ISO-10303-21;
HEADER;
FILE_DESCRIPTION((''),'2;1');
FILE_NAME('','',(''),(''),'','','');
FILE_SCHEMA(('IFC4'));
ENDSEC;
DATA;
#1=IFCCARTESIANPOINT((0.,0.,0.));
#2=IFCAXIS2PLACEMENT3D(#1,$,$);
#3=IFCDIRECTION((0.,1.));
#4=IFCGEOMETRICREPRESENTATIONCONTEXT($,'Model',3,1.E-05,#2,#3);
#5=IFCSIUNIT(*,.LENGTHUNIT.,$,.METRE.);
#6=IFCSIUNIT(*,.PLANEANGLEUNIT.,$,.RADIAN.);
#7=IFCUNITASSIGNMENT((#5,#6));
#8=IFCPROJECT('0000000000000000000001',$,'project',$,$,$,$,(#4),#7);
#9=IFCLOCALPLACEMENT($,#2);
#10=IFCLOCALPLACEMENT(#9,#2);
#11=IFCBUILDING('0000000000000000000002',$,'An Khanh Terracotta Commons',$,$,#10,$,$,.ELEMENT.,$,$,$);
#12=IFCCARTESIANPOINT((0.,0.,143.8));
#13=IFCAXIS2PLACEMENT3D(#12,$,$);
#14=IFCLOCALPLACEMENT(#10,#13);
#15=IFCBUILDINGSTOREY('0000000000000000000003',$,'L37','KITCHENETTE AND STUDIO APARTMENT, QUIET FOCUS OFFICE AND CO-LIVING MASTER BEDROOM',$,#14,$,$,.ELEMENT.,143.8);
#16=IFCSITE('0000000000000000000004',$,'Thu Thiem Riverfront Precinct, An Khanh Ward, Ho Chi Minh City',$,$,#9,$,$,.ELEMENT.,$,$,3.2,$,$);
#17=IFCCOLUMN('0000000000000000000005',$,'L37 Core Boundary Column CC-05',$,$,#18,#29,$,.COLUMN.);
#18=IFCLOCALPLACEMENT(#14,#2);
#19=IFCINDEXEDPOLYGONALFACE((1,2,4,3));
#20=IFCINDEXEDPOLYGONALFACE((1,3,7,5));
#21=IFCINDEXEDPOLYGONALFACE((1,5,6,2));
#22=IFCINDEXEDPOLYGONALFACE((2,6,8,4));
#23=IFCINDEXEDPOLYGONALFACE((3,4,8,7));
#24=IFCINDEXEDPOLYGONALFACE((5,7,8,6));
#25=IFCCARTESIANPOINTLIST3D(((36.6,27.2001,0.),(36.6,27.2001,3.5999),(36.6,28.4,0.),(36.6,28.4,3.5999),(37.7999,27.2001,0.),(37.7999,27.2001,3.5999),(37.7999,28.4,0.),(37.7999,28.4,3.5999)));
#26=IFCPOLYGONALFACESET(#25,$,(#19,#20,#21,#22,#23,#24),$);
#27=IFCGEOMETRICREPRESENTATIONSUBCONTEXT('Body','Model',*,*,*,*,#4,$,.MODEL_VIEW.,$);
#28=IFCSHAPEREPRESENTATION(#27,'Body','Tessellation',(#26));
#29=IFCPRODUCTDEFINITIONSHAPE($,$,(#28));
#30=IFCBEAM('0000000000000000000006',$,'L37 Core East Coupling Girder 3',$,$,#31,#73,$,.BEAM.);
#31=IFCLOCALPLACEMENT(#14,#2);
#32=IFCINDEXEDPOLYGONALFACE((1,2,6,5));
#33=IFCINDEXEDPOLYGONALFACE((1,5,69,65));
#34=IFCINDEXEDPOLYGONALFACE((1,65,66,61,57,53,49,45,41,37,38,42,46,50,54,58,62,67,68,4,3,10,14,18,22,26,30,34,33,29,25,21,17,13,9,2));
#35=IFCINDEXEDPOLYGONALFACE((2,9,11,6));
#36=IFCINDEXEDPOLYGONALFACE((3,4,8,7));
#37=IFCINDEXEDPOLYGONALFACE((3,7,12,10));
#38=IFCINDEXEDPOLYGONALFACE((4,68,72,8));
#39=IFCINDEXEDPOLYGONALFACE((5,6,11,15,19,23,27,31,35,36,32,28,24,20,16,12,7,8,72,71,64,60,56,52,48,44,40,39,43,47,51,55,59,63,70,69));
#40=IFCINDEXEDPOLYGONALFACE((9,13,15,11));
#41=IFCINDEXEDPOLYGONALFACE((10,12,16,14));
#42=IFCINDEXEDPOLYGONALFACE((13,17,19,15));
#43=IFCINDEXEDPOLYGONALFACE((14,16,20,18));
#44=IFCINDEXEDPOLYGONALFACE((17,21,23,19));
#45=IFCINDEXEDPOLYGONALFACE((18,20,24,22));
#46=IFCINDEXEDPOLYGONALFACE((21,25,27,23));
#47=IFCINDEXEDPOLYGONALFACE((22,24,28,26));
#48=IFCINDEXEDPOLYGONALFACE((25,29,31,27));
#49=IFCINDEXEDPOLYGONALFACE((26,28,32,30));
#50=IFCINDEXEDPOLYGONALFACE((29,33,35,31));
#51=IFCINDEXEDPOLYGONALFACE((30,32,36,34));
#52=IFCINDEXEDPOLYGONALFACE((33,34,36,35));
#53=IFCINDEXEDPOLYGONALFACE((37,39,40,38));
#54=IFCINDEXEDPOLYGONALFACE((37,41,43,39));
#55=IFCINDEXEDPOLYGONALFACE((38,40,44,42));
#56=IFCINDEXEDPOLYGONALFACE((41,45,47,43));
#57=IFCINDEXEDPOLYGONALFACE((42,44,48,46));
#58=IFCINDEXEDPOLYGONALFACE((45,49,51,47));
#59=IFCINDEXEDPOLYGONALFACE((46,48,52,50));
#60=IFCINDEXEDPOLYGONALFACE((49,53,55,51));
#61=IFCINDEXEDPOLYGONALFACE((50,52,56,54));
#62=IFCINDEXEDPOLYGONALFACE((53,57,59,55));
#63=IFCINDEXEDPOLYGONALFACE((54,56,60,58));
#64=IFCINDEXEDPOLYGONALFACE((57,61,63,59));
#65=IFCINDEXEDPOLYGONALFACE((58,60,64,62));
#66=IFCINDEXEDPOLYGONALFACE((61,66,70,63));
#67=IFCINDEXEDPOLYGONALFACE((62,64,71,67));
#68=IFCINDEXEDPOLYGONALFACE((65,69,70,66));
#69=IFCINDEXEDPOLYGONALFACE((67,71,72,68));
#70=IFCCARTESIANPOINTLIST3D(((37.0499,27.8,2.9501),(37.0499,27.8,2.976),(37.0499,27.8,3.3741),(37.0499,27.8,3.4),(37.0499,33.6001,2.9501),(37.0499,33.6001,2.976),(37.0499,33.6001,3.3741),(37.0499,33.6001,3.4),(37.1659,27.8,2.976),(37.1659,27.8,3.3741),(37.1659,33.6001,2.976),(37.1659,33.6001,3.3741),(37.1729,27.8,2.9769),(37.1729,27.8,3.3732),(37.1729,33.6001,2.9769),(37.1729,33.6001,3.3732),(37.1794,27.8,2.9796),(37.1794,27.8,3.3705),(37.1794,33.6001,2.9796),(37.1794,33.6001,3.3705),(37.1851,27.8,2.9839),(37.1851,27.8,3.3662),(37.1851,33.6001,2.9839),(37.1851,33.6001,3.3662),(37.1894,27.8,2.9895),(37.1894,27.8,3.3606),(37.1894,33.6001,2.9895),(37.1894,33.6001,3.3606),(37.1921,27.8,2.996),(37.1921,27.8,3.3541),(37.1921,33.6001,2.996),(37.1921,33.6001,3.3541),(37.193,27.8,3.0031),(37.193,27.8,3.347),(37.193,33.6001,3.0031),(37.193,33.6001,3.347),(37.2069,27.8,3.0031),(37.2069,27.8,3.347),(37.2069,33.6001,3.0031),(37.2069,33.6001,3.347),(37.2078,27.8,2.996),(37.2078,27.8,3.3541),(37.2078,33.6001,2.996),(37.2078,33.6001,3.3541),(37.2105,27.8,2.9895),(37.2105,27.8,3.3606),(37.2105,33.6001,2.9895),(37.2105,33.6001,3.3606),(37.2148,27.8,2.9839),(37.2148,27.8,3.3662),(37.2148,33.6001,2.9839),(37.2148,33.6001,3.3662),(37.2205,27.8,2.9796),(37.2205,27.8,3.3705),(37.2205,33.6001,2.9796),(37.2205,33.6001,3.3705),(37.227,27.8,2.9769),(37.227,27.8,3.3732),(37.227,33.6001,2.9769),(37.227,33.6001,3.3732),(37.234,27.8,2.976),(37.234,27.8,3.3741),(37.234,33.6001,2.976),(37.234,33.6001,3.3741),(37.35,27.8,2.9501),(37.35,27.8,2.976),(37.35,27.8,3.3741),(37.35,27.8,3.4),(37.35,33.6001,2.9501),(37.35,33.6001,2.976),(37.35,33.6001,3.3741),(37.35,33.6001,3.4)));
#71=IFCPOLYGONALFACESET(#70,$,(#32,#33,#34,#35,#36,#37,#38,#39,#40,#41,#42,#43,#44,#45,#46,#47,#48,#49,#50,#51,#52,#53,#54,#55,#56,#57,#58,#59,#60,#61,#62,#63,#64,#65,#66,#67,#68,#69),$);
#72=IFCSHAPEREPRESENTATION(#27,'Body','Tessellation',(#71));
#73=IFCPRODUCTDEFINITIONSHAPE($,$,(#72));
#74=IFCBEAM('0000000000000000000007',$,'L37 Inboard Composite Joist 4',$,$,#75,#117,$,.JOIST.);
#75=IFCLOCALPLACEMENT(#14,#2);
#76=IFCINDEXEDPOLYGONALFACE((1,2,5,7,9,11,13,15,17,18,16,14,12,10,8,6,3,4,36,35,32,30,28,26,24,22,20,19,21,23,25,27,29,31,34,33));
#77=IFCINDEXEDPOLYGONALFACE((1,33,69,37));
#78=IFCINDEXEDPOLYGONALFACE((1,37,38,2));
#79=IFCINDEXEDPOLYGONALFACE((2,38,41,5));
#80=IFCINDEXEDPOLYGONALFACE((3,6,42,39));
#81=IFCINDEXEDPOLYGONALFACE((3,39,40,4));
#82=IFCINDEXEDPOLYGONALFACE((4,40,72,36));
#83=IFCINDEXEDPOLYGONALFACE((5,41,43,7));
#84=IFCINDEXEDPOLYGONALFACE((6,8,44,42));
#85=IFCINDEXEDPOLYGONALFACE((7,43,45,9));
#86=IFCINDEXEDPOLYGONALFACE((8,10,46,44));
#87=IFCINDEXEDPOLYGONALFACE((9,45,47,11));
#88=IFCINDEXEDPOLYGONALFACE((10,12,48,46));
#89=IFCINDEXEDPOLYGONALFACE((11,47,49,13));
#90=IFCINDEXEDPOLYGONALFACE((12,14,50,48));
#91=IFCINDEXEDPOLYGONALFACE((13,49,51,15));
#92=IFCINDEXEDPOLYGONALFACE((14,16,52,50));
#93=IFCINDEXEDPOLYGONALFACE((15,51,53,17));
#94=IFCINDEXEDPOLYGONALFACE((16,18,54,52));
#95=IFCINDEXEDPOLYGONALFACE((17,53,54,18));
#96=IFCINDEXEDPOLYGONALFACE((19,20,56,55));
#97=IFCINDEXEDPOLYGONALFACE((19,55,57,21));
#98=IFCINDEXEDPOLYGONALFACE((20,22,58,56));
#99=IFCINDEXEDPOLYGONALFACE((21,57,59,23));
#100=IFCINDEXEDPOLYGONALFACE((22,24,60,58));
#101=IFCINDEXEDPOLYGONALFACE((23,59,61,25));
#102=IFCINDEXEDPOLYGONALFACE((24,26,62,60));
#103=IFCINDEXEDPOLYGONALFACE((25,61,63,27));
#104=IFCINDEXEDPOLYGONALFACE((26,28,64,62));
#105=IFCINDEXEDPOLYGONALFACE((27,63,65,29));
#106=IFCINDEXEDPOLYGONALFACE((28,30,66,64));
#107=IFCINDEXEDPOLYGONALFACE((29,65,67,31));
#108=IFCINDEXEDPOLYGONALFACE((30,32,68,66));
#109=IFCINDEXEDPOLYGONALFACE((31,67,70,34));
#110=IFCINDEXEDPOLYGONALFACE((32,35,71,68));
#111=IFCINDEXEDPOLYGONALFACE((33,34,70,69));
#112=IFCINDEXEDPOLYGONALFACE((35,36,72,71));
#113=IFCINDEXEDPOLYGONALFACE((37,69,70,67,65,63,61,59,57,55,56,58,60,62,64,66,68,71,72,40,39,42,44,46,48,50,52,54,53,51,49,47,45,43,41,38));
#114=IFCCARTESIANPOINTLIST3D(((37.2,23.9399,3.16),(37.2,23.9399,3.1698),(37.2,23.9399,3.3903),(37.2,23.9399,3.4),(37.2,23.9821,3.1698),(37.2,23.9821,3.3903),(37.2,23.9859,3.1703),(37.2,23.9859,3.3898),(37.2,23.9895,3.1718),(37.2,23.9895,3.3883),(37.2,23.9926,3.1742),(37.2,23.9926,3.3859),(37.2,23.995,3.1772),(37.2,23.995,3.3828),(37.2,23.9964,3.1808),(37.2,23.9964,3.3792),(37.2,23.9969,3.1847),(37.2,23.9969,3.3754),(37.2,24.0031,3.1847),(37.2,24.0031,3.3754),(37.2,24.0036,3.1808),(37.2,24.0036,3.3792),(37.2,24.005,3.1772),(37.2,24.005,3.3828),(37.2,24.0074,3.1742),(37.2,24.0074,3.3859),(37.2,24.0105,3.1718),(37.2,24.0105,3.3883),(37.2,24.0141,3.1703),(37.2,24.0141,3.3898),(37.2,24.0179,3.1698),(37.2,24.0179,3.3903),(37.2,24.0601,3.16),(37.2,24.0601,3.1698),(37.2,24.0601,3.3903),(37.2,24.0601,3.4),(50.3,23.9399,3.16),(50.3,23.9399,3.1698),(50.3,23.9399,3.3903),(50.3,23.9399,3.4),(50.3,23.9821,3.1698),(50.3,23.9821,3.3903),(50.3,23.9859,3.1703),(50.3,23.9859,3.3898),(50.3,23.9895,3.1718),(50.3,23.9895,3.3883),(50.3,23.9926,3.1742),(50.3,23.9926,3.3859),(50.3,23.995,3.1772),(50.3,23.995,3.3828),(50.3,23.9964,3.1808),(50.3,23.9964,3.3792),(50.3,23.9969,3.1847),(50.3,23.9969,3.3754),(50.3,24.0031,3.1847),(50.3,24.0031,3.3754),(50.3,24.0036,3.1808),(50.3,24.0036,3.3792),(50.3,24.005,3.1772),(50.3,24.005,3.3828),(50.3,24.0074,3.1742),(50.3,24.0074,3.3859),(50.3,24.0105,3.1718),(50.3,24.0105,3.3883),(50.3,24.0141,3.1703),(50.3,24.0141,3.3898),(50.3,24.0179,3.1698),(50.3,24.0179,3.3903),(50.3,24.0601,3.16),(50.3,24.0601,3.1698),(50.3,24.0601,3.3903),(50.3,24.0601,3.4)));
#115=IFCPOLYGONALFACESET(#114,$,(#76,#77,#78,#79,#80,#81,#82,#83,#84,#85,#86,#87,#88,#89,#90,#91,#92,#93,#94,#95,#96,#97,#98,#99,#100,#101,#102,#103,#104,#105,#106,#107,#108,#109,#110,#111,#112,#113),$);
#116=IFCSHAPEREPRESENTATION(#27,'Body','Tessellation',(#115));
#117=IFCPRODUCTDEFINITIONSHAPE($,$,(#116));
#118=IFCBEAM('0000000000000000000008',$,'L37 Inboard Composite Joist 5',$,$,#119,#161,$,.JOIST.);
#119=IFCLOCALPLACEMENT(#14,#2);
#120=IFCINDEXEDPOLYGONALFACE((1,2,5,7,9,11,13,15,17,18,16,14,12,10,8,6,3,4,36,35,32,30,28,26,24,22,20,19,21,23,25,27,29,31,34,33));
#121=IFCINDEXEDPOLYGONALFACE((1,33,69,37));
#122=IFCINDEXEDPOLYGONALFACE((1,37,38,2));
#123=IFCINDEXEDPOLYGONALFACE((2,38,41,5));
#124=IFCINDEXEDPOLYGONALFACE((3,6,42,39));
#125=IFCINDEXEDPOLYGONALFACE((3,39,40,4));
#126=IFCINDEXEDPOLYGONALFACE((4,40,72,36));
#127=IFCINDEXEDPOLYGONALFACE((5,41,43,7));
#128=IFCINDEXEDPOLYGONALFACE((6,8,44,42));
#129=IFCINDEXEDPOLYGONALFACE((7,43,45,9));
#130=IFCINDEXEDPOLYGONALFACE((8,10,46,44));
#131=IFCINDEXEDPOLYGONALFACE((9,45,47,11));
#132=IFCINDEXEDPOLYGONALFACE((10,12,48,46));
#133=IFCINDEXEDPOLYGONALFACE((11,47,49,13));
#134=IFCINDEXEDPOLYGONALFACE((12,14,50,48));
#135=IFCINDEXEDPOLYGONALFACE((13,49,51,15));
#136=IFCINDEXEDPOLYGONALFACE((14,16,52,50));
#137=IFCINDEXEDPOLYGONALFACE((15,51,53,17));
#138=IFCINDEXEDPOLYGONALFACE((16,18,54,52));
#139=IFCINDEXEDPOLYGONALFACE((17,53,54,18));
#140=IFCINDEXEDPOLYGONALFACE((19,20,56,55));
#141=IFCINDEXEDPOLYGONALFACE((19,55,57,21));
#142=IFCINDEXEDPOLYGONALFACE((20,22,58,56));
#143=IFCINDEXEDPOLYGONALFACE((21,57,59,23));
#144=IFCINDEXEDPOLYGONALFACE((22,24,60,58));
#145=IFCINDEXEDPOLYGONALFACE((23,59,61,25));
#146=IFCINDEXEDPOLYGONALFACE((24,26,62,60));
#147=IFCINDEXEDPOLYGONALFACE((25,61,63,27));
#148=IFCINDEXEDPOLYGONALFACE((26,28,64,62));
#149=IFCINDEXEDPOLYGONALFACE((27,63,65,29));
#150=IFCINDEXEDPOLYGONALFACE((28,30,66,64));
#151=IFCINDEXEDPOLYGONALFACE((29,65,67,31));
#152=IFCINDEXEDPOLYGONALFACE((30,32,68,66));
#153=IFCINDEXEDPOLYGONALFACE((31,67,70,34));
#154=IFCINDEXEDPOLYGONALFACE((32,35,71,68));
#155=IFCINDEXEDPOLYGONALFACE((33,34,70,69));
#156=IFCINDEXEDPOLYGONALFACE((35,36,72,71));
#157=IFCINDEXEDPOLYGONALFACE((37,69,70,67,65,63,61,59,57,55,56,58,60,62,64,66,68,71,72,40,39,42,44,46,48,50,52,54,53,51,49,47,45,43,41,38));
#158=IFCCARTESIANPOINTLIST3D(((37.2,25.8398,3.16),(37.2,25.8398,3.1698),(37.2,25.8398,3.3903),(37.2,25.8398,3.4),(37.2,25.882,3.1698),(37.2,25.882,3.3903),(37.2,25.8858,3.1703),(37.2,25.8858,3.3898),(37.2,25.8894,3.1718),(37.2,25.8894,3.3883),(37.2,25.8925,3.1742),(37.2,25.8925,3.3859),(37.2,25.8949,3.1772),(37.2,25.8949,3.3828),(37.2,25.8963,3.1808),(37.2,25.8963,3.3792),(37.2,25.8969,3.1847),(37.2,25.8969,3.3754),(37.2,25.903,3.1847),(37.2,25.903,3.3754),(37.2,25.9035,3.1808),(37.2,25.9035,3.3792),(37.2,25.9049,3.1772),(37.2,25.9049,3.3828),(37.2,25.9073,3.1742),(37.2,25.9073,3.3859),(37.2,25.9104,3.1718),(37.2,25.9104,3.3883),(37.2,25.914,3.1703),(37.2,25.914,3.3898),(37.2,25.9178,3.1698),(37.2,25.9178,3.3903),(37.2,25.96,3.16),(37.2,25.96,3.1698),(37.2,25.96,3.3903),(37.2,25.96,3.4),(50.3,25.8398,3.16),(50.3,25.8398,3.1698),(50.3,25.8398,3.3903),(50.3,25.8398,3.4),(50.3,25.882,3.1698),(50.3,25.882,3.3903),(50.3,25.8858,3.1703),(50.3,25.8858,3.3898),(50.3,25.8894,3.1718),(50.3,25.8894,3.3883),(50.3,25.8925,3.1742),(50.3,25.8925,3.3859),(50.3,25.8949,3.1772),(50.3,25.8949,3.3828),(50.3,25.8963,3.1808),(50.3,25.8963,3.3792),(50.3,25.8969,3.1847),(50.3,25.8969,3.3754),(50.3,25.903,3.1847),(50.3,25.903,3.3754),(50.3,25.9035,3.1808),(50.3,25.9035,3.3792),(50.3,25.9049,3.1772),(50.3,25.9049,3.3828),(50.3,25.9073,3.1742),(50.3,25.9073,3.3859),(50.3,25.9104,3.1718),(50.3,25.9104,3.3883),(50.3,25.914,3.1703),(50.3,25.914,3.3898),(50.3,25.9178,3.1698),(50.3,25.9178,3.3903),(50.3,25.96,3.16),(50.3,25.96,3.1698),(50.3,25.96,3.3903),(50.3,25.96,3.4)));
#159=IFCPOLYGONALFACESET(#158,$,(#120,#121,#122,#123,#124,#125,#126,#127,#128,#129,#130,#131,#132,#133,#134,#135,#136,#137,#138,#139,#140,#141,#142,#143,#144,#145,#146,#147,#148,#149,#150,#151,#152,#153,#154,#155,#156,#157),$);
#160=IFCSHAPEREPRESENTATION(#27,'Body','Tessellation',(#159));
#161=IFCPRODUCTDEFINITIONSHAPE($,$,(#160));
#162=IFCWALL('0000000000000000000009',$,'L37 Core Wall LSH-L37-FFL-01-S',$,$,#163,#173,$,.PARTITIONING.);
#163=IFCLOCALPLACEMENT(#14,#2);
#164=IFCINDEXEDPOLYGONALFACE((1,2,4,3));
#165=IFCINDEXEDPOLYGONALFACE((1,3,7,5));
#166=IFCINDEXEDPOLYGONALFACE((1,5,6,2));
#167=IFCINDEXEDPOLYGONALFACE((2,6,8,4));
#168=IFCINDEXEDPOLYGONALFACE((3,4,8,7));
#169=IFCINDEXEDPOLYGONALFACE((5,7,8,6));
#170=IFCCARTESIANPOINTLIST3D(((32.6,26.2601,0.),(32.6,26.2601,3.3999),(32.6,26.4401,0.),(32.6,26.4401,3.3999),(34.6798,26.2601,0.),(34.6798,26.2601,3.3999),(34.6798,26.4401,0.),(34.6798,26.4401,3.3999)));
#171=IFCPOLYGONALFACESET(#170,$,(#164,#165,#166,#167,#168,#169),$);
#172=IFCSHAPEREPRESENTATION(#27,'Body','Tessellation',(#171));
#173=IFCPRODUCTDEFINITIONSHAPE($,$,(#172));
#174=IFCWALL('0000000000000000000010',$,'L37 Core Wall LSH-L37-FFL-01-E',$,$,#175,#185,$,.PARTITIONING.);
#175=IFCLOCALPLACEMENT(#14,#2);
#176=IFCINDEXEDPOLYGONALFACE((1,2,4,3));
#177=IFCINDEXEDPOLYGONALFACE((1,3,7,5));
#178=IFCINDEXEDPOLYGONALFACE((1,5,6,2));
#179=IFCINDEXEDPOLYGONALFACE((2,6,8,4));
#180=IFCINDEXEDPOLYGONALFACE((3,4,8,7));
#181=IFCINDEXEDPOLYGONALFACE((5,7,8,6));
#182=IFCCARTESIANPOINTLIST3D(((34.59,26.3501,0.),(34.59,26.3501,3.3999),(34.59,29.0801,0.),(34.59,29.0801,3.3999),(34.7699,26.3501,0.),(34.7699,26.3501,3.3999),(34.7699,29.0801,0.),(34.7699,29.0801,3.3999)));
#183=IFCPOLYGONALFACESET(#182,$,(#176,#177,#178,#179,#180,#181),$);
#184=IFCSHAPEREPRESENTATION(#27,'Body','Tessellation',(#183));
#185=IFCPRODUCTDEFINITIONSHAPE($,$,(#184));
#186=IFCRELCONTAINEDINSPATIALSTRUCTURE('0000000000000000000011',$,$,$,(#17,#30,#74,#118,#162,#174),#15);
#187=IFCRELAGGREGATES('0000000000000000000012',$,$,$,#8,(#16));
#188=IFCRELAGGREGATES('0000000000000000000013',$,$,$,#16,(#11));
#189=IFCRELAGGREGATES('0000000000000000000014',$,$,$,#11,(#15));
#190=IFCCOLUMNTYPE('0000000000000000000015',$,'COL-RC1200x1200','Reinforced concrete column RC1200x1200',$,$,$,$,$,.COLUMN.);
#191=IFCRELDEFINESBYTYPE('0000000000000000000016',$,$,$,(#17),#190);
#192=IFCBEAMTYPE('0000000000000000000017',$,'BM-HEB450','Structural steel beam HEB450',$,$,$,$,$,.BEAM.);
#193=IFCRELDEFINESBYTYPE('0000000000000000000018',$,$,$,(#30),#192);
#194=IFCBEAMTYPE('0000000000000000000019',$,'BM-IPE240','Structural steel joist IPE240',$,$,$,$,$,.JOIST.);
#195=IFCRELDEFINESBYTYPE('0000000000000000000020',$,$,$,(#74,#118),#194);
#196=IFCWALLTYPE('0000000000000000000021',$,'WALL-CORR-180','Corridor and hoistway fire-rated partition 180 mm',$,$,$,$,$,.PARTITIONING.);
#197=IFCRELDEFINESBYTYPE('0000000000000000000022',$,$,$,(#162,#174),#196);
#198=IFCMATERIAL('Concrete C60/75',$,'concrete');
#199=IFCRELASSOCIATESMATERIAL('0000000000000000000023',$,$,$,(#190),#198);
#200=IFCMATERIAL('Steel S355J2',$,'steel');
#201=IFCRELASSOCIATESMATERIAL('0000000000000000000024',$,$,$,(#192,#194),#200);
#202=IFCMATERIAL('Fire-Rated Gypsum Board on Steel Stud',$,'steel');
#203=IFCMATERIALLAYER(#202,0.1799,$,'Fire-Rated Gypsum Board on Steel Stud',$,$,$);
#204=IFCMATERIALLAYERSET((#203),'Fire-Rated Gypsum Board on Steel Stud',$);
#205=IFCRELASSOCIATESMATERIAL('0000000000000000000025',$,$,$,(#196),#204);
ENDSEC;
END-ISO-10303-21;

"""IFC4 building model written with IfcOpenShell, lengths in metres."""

from ifc_helpers import new_model, si_unit, direction, frame, frame_2d, origin, origin_2d, place, context, subcontext, project, spatial, rectangle, i_section, extrude, material, layer, layer_set, material_profile, profile_set, type_object, element, save


model = new_model("IFC4")

# Units and contexts
model_context = context("Model", 3, precision=1e-05, world=origin(), true_north=direction((0.0, 1.0)))
body_context = subcontext(model_context, "Body", "Model", "MODEL_VIEW")
ifc_project = project(units=[si_unit("LENGTHUNIT", "METRE"), si_unit("PLANEANGLEUNIT", "RADIAN")], contexts=[model_context])

# Site, building, storey
site_placement = place(None, origin())
site = spatial("IfcSite", under=ifc_project, at=site_placement, Name="Thu Thiem Riverfront Precinct, An Khanh Ward, Ho Chi Minh City", CompositionType="ELEMENT", RefElevation=3.2)
building_placement = place(site_placement, origin())
building = spatial("IfcBuilding", under=site, at=building_placement, Name="An Khanh Terracotta Commons", CompositionType="ELEMENT")
storey_placement = place(building_placement, frame((0.0, 0.0, 143.8)))
storey = spatial("IfcBuildingStorey", under=building, at=storey_placement, Name="L37", Description="KITCHENETTE AND STUDIO APARTMENT, QUIET FOCUS OFFICE AND CO-LIVING MASTER BEDROOM", CompositionType="ELEMENT", Elevation=143.8)

# Column
ifc_material_1 = material(Name="Concrete C60/75", Category="concrete")
ifc_material_profile_1 = material_profile(ifc_material_1, rectangle(XDim=1.2, YDim=1.2, at=origin_2d()), Name="RC1200x1200")
ifc_profile_set_1 = profile_set([ifc_material_profile_1], Name="Concrete C60/75")
column_type = type_object("IfcColumnType", Name="COL-RC1200x1200", Description="Reinforced concrete column RC1200x1200", PredefinedType="COLUMN", material=ifc_profile_set_1)
column_placement = place(storey_placement, frame((37.2, 27.8, 0.0), z_axis=(0.0, 0.0, 1.0), x_axis=(1.0, 0.0, 0.0)))
element("IfcColumn", 1, at=column_placement, inside=storey, type_object=column_type, Name="L37 Core Boundary Column CC-05", PredefinedType="COLUMN", context=body_context, shape_type="SweptSolid", body=[
    extrude(rectangle(XDim=1.2, YDim=1.2, at=origin_2d()), origin(), (0.0, 0.0, 1.0), 3.5999),
])

# Beams
ifc_material_2 = material(Name="Steel S355J2", Category="steel")
ifc_material_profile_2 = material_profile(ifc_material_2, i_section(OverallWidth=0.3, OverallDepth=0.45, WebThickness=0.0139, FlangeThickness=0.0259, FilletRadius=0.0271, at=origin_2d()), Name="HEB450")
ifc_profile_set_2 = profile_set([ifc_material_profile_2], Name="Steel S355J2")
beam_type_1 = type_object("IfcBeamType", Name="BM-HEB450", Description="Structural steel beam HEB450", PredefinedType="BEAM", material=ifc_profile_set_2)
beam_placement = place(storey_placement, frame((37.2, 27.8, 3.175), z_axis=(0.0, 1.0, 0.0), x_axis=(-1.0, 0.0, 0.0)))
element("IfcBeam", 2, at=beam_placement, inside=storey, type_object=beam_type_1, Name="L37 Core East Coupling Girder 3", PredefinedType="BEAM", context=body_context, shape_type="SweptSolid", body=[
    extrude(i_section(OverallWidth=0.3, OverallDepth=0.45, WebThickness=0.0139, FlangeThickness=0.0259, FilletRadius=0.0271, at=origin_2d()), origin(), (0.0, 0.0, 1.0), 5.8),
])
ifc_material_profile_3 = material_profile(ifc_material_2, i_section(OverallWidth=0.1201, OverallDepth=0.24, WebThickness=0.0061, FlangeThickness=0.0098, FilletRadius=0.0149, at=origin_2d()), Name="IPE240")
ifc_profile_set_3 = profile_set([ifc_material_profile_3], Name="Steel S355J2")
beam_type_2 = type_object("IfcBeamType", Name="BM-IPE240", Description="Structural steel joist IPE240", PredefinedType="JOIST", material=ifc_profile_set_3)
for number, where, z_axis, x_axis, name in (
    (3, (37.2, 24.0, 3.28), (1.0, 0.0, 0.0), (0.0, 1.0, 0.0), "L37 Inboard Composite Joist 4"),
    (4, (37.2, 25.8999, 3.28), (1.0, 0.0, 0.0), (0.0, 1.0, 0.0), "L37 Inboard Composite Joist 5"),
):
    element("IfcBeam", number, at=place(storey_placement, frame(where, z_axis=z_axis, x_axis=x_axis)), inside=storey, type_object=beam_type_2, Name=name, PredefinedType="JOIST", context=body_context, shape_type="SweptSolid", body=[
        extrude(i_section(OverallWidth=0.1201, OverallDepth=0.24, WebThickness=0.0061, FlangeThickness=0.0098, FilletRadius=0.0149, at=origin_2d()), origin(), (0.0, 0.0, 1.0), 13.1001),
    ])

# Walls
ifc_material_3 = material(Name="Fire-Rated Gypsum Board on Steel Stud", Category="steel")
ifc_layer_1 = layer(ifc_material_3, 0.1799, Name="Fire-Rated Gypsum Board on Steel Stud")
ifc_layer_set_1 = layer_set([ifc_layer_1], Name="Fire-Rated Gypsum Board on Steel Stud")
wall_type_1 = type_object("IfcWallType", Name="WALL-CORR-180", Description="Corridor and hoistway fire-rated partition 180 mm", PredefinedType="PARTITIONING", material=ifc_layer_set_1)
wall_1_placement = place(storey_placement, frame((34.6799, 26.3501, 0.0), z_axis=(0.0, 0.0, 1.0), x_axis=(-1.0, 0.0, 0.0)))
element("IfcWall", 5, at=wall_1_placement, inside=storey, type_object=wall_type_1, Name="L37 Core Wall LSH-L37-FFL-01-S", PredefinedType="PARTITIONING", context=body_context, shape_type="SweptSolid", body=[
    extrude(rectangle(XDim=2.0798, YDim=0.1799, at=frame_2d((1.04, 0.0))), origin(), (0.0, 0.0, 1.0), 3.3999),
])
wall_2_placement = place(storey_placement, frame((34.6799, 26.3501, 0.0), z_axis=(0.0, 0.0, 1.0), x_axis=(0.0, 1.0, 0.0)))
element("IfcWall", 6, at=wall_2_placement, inside=storey, type_object=wall_type_1, Name="L37 Core Wall LSH-L37-FFL-01-E", PredefinedType="PARTITIONING", context=body_context, shape_type="SweptSolid", body=[
    extrude(rectangle(XDim=2.73, YDim=0.1799, at=frame_2d((1.365, 0.0))), origin(), (0.0, 0.0, 1.0), 3.3999),
])

save(model, "model.ifc")
